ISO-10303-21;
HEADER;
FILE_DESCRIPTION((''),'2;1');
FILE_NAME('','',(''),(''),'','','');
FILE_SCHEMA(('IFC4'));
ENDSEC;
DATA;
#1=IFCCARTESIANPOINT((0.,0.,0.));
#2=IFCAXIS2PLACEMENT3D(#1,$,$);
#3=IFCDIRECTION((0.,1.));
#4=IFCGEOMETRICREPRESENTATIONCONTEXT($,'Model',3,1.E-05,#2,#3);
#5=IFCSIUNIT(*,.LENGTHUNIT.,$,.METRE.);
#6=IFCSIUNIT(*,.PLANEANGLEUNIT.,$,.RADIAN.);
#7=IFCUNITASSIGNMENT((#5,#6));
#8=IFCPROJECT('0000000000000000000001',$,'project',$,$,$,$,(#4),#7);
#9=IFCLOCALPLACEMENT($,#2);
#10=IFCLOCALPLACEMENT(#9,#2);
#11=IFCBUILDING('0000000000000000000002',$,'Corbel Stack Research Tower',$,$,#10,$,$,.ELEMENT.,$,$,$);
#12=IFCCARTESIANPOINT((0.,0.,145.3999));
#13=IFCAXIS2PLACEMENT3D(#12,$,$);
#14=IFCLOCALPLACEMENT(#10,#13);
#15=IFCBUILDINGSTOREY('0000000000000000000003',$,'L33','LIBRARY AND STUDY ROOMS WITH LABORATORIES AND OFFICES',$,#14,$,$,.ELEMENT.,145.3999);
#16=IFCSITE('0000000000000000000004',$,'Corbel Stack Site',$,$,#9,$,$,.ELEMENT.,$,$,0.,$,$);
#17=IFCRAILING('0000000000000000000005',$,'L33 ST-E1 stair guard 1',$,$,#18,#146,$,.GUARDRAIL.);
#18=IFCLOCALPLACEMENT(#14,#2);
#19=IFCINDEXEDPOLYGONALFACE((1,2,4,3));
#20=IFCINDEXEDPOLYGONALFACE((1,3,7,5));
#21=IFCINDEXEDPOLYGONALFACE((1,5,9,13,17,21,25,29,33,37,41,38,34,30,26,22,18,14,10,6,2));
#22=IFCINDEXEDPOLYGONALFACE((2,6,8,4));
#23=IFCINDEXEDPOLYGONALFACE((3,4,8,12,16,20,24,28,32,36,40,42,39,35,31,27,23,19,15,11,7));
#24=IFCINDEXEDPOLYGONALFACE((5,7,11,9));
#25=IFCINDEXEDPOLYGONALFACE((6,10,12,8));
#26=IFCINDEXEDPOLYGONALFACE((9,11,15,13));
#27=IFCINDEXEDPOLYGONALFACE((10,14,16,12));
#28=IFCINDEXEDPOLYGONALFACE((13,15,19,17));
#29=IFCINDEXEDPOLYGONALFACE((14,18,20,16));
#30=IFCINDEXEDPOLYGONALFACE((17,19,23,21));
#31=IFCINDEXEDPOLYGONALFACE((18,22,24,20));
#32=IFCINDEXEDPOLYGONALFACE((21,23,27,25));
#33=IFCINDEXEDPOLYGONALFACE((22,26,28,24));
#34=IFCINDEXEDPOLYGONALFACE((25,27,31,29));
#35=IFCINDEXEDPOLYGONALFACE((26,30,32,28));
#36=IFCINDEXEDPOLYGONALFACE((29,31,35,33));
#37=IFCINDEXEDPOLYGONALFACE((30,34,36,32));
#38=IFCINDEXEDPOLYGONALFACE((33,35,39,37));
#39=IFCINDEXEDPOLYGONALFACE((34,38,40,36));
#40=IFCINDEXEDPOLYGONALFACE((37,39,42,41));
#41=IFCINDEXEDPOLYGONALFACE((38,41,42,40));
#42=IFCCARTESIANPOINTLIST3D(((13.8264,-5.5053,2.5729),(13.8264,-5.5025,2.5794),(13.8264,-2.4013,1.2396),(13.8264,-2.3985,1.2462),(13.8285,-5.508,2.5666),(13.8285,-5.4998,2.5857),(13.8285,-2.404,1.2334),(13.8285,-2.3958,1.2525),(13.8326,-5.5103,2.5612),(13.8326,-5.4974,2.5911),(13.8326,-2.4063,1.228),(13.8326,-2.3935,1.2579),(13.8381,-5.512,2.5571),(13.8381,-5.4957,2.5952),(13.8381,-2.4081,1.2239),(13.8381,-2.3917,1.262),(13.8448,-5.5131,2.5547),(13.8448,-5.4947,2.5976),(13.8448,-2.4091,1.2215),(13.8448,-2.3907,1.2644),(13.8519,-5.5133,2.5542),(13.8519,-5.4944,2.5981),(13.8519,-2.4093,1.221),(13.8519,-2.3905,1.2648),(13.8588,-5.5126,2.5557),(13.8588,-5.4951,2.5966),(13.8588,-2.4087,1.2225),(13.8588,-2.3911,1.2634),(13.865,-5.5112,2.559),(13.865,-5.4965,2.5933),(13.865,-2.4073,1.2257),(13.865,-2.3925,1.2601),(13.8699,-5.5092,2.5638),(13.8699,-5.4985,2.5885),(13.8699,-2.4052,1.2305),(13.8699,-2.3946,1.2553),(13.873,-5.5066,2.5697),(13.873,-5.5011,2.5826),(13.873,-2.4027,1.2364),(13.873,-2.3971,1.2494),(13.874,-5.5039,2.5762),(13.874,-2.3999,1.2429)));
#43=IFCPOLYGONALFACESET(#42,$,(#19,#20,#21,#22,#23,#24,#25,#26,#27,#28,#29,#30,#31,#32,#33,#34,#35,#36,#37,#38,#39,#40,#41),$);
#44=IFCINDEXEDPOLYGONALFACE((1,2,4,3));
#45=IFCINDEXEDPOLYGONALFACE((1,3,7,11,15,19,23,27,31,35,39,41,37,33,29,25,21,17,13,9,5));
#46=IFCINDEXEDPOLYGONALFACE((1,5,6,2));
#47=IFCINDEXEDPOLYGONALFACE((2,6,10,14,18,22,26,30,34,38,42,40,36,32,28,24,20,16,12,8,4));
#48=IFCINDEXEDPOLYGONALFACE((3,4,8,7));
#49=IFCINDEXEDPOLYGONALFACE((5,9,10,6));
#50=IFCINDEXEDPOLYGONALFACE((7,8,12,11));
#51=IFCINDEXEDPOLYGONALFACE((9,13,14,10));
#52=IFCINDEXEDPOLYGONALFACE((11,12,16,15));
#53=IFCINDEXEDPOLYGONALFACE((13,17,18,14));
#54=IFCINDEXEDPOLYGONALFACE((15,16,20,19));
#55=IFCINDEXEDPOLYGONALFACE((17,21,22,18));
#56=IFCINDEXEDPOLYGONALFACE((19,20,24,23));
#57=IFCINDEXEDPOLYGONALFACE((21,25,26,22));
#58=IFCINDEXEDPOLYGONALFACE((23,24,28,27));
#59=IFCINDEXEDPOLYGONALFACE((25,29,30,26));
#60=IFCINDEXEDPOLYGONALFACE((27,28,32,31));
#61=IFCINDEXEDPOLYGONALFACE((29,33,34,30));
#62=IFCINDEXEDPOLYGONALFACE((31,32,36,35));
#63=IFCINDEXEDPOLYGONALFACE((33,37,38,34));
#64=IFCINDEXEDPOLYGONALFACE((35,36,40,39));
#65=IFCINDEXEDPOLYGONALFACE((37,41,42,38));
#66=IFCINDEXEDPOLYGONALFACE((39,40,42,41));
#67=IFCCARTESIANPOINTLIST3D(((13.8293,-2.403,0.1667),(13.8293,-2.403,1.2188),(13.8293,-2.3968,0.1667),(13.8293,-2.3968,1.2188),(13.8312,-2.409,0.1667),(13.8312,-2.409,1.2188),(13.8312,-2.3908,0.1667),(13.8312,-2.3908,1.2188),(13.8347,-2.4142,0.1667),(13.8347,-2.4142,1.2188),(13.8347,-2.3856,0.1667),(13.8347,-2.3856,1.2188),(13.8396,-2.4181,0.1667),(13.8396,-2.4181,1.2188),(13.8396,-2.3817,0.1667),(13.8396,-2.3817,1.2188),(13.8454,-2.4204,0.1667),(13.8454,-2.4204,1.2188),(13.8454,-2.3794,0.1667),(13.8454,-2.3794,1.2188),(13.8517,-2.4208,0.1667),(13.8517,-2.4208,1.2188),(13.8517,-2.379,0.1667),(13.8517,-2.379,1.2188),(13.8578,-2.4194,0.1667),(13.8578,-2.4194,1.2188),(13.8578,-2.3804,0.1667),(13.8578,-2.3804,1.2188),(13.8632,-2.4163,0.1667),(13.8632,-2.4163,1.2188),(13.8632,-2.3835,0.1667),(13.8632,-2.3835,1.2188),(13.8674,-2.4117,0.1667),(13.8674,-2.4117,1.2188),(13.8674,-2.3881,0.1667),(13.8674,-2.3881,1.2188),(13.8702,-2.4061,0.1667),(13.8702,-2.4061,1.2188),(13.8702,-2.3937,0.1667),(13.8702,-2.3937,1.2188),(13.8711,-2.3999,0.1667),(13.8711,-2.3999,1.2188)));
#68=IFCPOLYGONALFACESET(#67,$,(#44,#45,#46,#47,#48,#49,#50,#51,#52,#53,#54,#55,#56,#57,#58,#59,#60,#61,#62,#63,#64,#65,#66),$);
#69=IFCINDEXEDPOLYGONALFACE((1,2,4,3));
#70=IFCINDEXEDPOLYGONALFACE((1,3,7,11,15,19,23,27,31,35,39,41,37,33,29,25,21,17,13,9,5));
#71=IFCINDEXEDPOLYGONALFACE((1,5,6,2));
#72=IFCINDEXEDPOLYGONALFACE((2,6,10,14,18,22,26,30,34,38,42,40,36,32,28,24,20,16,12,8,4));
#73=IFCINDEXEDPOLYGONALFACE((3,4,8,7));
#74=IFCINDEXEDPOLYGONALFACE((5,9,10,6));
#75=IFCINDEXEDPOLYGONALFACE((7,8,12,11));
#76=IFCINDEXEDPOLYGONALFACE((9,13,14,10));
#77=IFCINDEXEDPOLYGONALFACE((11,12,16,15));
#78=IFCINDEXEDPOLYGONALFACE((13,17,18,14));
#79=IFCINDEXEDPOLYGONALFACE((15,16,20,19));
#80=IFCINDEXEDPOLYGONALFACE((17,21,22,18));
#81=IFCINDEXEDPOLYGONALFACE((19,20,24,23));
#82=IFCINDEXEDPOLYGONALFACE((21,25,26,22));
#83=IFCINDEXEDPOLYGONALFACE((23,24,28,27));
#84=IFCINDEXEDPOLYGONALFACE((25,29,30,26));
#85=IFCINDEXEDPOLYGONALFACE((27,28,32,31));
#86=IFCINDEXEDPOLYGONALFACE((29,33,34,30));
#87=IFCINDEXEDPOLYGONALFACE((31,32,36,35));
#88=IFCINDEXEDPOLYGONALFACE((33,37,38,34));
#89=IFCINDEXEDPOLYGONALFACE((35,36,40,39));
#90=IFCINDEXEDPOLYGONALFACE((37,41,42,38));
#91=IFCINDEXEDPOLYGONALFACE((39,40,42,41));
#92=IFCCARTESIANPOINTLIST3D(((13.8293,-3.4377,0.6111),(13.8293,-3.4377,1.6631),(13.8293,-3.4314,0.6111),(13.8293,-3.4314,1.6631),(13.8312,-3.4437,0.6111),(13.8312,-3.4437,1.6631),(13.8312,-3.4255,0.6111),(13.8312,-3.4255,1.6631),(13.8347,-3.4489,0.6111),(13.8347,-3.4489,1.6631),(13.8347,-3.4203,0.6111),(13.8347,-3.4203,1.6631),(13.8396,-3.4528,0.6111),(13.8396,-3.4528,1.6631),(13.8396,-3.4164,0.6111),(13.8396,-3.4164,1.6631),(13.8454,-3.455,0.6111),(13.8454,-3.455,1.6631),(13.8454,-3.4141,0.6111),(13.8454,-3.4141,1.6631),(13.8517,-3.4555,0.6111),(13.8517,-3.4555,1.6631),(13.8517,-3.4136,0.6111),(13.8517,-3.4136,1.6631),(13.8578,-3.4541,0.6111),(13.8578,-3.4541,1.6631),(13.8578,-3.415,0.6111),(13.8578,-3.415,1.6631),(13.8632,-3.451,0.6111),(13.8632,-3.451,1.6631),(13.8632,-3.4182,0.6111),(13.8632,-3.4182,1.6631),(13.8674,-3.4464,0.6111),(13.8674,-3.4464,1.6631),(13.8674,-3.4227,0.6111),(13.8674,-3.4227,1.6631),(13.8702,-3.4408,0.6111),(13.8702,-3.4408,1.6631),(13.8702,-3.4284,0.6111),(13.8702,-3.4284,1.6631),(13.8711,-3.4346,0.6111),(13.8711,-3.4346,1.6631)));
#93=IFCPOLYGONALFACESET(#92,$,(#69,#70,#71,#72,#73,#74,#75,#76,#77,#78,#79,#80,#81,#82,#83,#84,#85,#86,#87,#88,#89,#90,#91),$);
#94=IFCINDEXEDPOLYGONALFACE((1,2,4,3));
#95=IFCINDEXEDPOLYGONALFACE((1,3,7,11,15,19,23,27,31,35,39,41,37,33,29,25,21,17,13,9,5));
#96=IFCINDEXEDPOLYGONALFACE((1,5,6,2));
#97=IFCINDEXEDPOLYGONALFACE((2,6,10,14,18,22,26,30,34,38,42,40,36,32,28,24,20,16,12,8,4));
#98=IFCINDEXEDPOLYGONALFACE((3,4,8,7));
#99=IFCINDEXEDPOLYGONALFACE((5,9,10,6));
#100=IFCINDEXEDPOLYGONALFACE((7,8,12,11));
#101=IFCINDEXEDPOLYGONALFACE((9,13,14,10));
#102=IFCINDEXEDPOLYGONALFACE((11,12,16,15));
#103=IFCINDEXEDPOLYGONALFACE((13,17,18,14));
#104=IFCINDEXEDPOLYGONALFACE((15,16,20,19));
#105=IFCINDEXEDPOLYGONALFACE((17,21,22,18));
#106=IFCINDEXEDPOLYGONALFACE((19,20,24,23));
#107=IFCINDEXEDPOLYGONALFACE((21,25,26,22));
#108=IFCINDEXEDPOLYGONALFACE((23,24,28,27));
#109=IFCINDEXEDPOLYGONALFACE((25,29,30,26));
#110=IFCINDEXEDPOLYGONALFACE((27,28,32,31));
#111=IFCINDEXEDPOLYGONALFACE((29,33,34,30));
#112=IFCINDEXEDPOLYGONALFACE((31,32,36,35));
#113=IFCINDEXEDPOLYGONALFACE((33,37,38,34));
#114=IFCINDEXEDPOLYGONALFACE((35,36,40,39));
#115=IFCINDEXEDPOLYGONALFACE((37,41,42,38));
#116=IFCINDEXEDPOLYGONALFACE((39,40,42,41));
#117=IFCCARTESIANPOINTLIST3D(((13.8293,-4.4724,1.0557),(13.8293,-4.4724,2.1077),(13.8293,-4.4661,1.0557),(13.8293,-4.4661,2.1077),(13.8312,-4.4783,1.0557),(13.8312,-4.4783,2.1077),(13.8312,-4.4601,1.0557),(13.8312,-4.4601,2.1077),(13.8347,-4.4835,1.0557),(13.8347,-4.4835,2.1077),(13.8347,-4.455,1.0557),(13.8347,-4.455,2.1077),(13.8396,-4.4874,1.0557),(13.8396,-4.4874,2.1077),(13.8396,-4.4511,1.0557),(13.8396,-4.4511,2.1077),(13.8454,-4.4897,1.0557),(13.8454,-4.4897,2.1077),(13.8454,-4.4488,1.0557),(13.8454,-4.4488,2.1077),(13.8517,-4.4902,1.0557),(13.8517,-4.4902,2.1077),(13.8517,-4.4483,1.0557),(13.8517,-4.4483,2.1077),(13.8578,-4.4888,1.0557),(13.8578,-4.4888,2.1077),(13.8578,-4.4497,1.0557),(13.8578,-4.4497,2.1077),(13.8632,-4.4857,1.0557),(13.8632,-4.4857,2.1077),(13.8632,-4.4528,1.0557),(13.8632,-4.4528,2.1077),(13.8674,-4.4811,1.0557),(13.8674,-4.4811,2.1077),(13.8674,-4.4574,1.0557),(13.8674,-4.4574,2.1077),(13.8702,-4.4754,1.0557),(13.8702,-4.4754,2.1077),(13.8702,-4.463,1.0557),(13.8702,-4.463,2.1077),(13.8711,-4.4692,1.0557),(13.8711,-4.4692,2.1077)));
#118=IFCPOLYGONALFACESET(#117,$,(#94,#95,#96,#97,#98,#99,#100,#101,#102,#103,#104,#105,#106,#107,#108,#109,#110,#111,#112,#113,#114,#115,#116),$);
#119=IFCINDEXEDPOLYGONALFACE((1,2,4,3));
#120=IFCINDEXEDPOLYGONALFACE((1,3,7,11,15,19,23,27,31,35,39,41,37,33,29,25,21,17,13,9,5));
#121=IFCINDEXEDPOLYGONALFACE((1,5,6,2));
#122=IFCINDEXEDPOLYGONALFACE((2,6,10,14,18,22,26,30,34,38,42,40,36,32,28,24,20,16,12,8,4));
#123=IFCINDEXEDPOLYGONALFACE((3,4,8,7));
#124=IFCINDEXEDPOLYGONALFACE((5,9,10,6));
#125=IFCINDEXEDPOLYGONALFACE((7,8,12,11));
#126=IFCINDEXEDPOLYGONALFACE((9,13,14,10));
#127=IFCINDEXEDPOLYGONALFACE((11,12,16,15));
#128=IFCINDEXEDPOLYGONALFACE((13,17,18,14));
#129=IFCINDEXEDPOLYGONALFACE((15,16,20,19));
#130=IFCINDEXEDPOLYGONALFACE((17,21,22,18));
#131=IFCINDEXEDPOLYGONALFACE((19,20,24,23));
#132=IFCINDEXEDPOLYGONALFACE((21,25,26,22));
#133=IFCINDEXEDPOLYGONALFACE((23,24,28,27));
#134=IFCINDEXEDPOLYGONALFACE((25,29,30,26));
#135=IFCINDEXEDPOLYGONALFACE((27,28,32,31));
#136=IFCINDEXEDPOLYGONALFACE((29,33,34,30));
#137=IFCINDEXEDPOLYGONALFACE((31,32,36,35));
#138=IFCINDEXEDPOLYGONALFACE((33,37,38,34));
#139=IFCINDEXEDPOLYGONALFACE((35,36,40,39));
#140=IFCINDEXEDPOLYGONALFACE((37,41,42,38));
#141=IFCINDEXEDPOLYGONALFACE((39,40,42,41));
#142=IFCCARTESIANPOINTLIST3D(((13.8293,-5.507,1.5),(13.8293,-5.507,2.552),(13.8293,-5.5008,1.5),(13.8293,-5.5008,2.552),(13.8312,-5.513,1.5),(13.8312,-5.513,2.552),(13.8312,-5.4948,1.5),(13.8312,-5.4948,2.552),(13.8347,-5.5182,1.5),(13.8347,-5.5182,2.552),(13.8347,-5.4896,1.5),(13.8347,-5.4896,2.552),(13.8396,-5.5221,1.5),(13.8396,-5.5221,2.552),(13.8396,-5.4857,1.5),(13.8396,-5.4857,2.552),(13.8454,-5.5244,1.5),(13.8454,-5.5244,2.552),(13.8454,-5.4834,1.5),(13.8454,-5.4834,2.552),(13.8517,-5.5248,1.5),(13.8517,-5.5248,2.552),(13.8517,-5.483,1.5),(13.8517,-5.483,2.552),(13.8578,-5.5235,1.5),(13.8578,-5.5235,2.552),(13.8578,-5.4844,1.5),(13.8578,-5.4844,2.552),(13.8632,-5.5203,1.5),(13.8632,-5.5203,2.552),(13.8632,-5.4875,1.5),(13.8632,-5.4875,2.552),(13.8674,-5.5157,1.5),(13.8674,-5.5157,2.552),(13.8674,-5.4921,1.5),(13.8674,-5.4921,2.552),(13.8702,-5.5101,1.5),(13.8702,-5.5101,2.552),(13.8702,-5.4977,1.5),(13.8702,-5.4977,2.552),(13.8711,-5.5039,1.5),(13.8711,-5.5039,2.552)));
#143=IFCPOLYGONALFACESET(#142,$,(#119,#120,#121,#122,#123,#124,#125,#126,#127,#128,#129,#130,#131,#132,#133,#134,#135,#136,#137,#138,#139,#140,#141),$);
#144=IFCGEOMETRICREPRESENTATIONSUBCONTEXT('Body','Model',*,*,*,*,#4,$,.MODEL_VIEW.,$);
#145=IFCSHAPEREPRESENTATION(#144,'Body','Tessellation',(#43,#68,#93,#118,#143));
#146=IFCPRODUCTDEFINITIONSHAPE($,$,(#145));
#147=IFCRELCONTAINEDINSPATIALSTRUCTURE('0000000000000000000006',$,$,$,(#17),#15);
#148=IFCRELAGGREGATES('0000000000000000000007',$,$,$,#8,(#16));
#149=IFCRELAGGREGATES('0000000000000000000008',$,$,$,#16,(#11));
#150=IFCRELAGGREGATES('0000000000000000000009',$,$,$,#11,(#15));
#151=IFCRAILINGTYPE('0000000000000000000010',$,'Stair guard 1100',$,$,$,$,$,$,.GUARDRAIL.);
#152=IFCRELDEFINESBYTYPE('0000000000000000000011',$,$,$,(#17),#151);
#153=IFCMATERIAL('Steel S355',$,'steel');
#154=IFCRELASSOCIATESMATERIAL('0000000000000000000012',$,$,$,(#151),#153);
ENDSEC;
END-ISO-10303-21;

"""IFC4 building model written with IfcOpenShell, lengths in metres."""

from ifc_helpers import new_model, si_unit, direction, frame, origin, origin_2d, place, context, subcontext, project, spatial, circle, extrude, material, type_object, element, save


model = new_model("IFC4")

# Units and contexts
model_context = context("Model", 3, precision=1e-05, world=origin(), true_north=direction((0.0, 1.0)))
body_context = subcontext(model_context, "Body", "Model", "MODEL_VIEW")
ifc_project = project(units=[si_unit("LENGTHUNIT", "METRE"), si_unit("PLANEANGLEUNIT", "RADIAN")], contexts=[model_context])

# Site, building, storey
site_placement = place(None, origin())
site = spatial("IfcSite", under=ifc_project, at=site_placement, Name="Corbel Stack Site", CompositionType="ELEMENT", RefElevation=0.0)
building_placement = place(site_placement, origin())
building = spatial("IfcBuilding", under=site, at=building_placement, Name="Corbel Stack Research Tower", CompositionType="ELEMENT")
storey_placement = place(building_placement, frame((0.0, 0.0, 145.3999)))
storey = spatial("IfcBuildingStorey", under=building, at=storey_placement, Name="L33", Description="LIBRARY AND STUDY ROOMS WITH LABORATORIES AND OFFICES", CompositionType="ELEMENT", Elevation=145.3999)

# Railing
ifc_material_1 = material(Name="Steel S355", Category="steel")
railing_type_1 = type_object("IfcRailingType", Name="Stair guard 1100", PredefinedType="GUARDRAIL", material=ifc_material_1)
railing_1_placement = place(storey_placement, frame((13.8501, -2.3999, 0.1667)))
element("IfcRailing", 1, at=railing_1_placement, inside=storey, type_object=railing_type_1, Name="L33 ST-E1 stair guard 1", PredefinedType="GUARDRAIL", context=body_context, shape_type="SweptSolid", body=[
    extrude(circle(Radius=0.0239, at=origin_2d()), frame((0.0, 0.0, 1.0762), z_axis=(0.0, -0.918827, 0.394661), x_axis=(1.0, 0.0, 0.0)), (0.0, 0.0, 1.0), 3.3782),
    extrude(circle(Radius=0.021, at=origin_2d()), origin(), (0.0, 0.0, 1.0), 1.052),
    extrude(circle(Radius=0.021, at=origin_2d()), frame((0.0, -1.0347, 0.4443)), (0.0, 0.0, 1.0), 1.052),
    extrude(circle(Radius=0.021, at=origin_2d()), frame((0.0, -2.0693, 0.8889)), (0.0, 0.0, 1.0), 1.052),
    extrude(circle(Radius=0.021, at=origin_2d()), frame((0.0, -3.104, 1.3333)), (0.0, 0.0, 1.0), 1.052),
])

save(model, "model.ifc")
